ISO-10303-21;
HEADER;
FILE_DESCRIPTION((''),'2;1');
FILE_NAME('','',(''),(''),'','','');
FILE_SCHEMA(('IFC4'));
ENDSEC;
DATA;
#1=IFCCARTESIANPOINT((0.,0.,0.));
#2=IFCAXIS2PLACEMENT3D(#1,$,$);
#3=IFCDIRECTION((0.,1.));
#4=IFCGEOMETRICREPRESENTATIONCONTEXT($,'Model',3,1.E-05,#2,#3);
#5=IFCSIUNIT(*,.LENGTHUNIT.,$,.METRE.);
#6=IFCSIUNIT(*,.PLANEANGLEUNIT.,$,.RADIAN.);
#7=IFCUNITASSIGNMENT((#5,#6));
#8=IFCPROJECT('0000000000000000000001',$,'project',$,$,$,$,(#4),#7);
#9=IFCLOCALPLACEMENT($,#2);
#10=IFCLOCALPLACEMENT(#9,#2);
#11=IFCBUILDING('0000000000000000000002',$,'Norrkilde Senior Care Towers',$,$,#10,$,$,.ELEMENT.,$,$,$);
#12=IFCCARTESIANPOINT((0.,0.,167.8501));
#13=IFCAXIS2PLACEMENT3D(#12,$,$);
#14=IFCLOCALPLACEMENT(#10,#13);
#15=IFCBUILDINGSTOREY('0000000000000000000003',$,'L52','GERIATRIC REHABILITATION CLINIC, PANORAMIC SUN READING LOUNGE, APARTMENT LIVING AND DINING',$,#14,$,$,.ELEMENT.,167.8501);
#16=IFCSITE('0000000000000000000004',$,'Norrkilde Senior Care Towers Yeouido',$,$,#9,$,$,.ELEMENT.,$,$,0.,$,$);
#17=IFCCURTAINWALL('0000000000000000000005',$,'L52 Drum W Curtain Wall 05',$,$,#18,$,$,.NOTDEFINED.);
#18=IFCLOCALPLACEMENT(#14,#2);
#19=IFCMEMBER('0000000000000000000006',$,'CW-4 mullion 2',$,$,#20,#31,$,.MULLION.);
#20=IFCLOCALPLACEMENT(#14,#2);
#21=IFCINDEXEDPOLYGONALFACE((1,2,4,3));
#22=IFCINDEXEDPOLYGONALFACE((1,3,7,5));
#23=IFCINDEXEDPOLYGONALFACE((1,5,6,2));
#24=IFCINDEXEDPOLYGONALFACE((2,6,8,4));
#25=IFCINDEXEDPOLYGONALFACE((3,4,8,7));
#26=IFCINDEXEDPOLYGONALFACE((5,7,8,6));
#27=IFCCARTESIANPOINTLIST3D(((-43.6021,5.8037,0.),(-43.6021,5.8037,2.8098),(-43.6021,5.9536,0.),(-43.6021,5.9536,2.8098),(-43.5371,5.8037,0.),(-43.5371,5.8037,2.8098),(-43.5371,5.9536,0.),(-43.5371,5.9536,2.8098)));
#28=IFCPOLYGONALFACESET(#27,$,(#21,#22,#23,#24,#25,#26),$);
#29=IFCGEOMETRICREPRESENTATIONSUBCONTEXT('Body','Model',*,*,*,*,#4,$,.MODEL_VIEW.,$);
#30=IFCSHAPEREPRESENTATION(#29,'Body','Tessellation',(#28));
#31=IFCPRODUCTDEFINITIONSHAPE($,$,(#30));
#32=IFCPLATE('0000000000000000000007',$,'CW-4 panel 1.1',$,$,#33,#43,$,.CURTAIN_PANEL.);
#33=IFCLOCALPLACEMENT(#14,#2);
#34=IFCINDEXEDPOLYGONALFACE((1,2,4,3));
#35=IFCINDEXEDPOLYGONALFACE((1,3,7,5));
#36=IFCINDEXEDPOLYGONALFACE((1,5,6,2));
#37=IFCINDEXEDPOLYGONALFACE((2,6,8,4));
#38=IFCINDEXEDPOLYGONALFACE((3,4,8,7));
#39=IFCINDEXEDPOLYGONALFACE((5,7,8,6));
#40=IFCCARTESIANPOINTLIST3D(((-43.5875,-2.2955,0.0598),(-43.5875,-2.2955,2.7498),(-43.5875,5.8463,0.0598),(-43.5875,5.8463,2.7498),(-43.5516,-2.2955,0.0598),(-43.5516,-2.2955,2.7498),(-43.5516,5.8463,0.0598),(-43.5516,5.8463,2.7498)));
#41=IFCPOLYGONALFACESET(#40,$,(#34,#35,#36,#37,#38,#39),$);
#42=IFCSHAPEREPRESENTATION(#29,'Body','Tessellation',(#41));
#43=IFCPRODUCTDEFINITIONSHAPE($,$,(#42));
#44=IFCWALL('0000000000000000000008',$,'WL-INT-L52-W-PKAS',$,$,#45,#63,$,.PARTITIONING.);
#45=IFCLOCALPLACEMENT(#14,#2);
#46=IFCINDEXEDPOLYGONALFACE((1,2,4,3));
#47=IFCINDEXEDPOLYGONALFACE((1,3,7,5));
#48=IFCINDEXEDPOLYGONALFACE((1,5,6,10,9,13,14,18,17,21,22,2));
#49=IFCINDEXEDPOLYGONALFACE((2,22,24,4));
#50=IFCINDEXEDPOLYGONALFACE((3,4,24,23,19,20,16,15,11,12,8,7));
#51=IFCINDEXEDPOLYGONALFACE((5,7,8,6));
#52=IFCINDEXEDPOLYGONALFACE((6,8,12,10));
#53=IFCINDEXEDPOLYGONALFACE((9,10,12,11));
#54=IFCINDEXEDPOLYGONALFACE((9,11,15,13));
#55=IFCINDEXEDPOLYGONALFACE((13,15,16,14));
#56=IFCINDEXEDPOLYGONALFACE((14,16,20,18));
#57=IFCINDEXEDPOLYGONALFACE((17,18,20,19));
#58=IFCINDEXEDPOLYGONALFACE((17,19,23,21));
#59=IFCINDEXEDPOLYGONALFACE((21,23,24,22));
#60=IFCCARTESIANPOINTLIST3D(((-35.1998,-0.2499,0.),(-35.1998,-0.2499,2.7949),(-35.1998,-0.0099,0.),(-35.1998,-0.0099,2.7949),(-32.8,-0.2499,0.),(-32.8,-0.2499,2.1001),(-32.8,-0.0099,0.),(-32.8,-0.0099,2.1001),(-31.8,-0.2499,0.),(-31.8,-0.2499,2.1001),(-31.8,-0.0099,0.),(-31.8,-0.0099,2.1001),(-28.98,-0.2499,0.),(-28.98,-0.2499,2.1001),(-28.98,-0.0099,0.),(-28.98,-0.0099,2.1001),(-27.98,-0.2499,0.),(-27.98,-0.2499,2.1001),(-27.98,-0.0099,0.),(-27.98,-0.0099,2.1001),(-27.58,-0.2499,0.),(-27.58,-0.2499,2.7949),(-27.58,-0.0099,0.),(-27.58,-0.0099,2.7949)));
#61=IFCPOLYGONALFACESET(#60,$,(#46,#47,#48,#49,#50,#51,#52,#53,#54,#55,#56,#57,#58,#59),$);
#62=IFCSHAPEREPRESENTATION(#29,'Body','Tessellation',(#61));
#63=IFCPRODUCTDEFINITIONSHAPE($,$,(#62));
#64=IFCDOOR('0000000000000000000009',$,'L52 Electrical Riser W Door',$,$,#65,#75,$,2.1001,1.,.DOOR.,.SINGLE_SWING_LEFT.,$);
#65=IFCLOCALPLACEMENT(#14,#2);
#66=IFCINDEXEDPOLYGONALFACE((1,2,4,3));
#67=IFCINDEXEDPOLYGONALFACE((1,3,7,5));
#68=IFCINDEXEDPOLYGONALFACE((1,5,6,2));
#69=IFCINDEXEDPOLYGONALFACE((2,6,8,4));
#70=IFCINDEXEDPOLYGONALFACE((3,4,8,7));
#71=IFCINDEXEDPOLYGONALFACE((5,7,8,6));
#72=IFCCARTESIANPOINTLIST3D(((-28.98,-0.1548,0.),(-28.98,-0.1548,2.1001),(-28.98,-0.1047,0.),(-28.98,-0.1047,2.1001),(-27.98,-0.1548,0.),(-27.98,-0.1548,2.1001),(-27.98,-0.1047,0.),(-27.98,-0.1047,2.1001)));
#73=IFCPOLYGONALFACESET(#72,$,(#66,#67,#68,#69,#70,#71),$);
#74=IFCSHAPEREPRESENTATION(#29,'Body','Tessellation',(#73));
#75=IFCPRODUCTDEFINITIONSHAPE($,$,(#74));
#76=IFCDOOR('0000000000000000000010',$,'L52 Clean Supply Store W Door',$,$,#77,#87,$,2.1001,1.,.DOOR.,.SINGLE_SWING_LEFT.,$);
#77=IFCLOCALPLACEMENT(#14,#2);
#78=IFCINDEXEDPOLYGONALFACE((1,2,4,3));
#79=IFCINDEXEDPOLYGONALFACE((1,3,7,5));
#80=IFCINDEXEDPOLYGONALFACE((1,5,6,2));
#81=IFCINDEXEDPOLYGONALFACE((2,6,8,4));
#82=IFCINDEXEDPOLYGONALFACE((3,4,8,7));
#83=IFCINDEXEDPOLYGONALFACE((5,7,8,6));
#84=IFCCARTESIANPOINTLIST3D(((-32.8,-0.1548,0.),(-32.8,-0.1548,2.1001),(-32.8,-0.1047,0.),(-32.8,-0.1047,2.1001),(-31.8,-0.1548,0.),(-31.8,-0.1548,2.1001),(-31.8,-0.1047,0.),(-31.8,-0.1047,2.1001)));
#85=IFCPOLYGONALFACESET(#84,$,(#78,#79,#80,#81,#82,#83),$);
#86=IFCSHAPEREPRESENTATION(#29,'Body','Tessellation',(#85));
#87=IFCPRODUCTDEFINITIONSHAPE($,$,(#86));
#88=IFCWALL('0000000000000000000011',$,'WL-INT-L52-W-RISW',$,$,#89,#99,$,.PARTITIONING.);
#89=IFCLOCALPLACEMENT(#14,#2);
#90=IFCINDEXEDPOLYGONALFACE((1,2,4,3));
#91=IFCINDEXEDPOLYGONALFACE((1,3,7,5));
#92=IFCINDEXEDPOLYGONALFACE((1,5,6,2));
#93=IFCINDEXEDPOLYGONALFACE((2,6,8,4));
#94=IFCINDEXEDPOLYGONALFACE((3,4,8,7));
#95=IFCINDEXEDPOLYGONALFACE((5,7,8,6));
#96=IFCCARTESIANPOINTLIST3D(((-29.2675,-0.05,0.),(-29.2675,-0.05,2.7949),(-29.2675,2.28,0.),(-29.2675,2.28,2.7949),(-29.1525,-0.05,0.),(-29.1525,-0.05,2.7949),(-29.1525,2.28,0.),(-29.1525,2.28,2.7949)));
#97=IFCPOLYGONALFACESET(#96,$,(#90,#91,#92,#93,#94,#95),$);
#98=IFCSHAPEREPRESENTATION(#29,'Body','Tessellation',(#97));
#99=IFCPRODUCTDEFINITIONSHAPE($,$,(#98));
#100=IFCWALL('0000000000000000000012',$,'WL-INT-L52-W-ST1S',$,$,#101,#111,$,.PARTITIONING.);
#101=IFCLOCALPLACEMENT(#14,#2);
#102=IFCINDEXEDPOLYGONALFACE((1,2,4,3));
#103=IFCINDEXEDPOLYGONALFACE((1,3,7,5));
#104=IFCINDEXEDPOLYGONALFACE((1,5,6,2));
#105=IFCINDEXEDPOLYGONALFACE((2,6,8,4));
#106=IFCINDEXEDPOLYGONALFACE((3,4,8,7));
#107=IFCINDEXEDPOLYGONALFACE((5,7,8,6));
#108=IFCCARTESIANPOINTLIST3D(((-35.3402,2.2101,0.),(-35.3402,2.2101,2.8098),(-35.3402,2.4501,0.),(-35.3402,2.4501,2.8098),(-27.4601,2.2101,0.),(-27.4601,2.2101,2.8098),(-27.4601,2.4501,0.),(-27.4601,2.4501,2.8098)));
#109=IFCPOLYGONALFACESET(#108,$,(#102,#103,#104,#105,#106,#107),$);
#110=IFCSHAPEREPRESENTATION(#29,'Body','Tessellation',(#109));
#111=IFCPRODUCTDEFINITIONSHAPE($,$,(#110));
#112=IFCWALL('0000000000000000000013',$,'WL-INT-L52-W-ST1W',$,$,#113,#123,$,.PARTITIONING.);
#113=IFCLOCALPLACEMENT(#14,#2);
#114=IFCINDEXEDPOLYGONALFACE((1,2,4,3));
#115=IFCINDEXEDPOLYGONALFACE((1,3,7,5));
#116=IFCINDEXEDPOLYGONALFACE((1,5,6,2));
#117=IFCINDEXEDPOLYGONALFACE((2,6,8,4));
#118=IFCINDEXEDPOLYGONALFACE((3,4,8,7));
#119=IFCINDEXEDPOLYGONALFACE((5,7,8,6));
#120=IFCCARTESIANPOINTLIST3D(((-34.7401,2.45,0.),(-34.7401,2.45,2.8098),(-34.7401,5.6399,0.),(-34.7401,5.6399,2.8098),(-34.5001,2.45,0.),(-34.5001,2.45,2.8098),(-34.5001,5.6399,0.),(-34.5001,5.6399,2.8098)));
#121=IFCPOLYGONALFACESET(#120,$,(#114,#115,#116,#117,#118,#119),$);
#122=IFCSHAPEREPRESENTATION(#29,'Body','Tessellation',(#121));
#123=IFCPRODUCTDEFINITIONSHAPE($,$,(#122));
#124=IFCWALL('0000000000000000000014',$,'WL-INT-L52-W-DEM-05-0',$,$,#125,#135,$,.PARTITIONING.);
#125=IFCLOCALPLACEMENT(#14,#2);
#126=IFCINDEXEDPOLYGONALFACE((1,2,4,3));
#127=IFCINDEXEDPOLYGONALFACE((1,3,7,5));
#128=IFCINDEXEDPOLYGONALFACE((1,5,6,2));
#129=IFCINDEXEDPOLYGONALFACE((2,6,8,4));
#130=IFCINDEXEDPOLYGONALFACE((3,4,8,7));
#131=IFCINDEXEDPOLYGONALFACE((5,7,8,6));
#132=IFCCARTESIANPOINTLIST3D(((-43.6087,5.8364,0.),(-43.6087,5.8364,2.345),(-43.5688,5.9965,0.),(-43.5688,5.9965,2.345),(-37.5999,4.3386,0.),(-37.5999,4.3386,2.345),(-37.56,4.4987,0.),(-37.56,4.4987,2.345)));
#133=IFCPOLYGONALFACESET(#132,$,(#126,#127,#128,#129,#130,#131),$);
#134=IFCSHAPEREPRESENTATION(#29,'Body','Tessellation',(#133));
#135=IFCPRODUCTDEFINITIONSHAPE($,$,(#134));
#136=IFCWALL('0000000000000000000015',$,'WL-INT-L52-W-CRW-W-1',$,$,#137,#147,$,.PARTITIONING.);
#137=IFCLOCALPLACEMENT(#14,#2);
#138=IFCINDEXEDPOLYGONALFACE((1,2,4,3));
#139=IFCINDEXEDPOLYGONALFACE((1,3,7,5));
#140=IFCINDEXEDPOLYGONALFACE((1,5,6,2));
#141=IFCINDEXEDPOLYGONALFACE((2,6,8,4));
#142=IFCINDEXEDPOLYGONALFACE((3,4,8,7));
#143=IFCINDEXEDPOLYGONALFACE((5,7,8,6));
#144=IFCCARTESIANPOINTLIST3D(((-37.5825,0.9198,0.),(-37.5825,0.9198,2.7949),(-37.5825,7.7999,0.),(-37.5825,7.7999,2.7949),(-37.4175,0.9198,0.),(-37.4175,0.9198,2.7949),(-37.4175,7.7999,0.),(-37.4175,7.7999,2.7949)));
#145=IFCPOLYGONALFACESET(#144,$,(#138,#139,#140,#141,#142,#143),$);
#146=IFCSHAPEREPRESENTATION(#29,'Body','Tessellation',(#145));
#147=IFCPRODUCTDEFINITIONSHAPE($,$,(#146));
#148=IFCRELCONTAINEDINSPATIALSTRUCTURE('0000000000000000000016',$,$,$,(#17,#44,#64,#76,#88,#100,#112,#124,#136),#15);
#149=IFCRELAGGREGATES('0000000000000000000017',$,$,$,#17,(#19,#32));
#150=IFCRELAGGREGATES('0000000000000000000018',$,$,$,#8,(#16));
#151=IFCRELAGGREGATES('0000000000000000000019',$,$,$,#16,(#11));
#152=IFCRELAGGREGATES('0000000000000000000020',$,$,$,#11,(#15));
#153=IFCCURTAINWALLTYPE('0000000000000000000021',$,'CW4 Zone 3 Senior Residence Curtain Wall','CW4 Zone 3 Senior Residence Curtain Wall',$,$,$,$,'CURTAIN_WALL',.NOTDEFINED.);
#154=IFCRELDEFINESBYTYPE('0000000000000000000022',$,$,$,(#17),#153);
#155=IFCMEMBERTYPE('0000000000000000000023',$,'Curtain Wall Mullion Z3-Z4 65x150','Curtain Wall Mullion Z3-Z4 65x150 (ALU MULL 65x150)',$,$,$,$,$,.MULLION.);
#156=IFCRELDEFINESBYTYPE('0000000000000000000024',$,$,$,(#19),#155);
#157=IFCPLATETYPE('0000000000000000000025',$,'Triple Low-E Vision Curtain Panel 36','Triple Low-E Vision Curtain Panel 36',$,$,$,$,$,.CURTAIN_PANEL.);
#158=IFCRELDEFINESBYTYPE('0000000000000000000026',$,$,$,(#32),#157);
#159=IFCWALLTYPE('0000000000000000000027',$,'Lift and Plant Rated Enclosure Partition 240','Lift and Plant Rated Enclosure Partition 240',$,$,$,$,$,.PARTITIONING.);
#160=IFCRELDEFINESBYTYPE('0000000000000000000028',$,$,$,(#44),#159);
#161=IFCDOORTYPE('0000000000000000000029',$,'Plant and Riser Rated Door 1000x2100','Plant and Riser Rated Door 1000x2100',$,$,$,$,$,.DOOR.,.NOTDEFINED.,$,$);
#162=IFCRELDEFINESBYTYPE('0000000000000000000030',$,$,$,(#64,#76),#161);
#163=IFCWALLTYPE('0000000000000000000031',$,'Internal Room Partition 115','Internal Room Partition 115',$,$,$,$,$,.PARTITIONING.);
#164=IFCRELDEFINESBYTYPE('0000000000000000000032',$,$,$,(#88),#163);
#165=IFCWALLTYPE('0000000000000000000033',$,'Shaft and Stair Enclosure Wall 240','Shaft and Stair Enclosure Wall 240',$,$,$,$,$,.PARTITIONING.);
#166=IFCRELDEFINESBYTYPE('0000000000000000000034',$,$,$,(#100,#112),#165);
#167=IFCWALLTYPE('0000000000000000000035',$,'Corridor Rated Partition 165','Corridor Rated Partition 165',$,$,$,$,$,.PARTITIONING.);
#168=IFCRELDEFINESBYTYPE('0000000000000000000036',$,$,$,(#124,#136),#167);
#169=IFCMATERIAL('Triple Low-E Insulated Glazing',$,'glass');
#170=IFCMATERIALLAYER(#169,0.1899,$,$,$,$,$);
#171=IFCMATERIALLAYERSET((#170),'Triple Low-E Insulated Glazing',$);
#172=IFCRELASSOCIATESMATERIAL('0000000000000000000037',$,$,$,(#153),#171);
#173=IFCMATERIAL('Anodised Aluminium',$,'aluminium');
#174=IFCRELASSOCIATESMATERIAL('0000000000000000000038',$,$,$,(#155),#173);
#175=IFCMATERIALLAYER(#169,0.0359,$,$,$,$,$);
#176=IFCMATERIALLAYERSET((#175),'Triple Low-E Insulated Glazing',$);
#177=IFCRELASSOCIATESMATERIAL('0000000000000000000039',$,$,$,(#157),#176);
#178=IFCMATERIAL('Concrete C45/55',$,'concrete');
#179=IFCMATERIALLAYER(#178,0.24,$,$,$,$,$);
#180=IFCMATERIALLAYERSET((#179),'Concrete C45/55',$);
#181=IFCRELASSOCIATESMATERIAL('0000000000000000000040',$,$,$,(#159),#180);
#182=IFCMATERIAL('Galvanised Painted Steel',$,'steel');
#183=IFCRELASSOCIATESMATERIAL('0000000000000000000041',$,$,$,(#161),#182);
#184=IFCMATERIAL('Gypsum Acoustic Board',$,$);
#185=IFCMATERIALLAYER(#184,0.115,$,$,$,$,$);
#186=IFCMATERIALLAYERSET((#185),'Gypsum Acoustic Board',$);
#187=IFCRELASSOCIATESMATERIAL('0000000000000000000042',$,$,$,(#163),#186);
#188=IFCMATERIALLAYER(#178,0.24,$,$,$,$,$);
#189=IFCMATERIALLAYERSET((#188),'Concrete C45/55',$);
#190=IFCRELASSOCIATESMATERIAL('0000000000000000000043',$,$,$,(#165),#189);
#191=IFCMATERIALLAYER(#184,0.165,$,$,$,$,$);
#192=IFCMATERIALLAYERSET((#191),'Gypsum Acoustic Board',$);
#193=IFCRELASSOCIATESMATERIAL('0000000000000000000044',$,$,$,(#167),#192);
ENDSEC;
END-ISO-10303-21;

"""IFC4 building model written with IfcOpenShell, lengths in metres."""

from ifc_helpers import new_model, si_unit, direction, frame, frame_2d, origin, origin_2d, place, context, subcontext, project, spatial, rectangle, extrude, source, transform, mapped, material, layer, layer_set, material_profile, profile_set, type_object, type_shapes, element, fill, aggregate, save


model = new_model("IFC4")

# Units and contexts
model_context = context("Model", 3, precision=1e-05, world=origin(), true_north=direction((0.0, 1.0)))
body_context = subcontext(model_context, "Body", "Model", "MODEL_VIEW")
ifc_project = project(units=[si_unit("LENGTHUNIT", "METRE"), si_unit("PLANEANGLEUNIT", "RADIAN")], contexts=[model_context])

# Site, building, storey
site_placement = place(None, origin())
site = spatial("IfcSite", under=ifc_project, at=site_placement, Name="Norrkilde Senior Care Towers Yeouido", CompositionType="ELEMENT", RefElevation=0.0)
building_placement = place(site_placement, origin())
building = spatial("IfcBuilding", under=site, at=building_placement, Name="Norrkilde Senior Care Towers", CompositionType="ELEMENT")
storey_placement = place(building_placement, frame((0.0, 0.0, 167.8501)))
storey = spatial("IfcBuildingStorey", under=building, at=storey_placement, Name="L52", Description="GERIATRIC REHABILITATION CLINIC, PANORAMIC SUN READING LOUNGE, APARTMENT LIVING AND DINING", CompositionType="ELEMENT", Elevation=167.8501)

# Shared definitions
ifc_material_1 = material(Name="Triple Low-E Insulated Glazing", Category="glass")
ifc_layer_1 = layer(ifc_material_1, 0.1899)
ifc_layer_set_1 = layer_set([ifc_layer_1], Name="Triple Low-E Insulated Glazing")
curtain_wall_type = type_object("IfcCurtainWallType", Name="CW4 Zone 3 Senior Residence Curtain Wall", Description="CW4 Zone 3 Senior Residence Curtain Wall", ElementType="CURTAIN_WALL", PredefinedType="NOTDEFINED", material=ifc_layer_set_1)
ifc_material_2 = material(Name="Anodised Aluminium", Category="aluminium")
ifc_material_profile_1 = material_profile(ifc_material_2, rectangle(XDim=0.0649, YDim=0.1499, at=origin_2d()), Name="ALU MULL 65x150")
ifc_profile_set_1 = profile_set([ifc_material_profile_1], Name="Anodised Aluminium")
member_type = type_object("IfcMemberType", Name="Curtain Wall Mullion Z3-Z4 65x150", Description="Curtain Wall Mullion Z3-Z4 65x150 (ALU MULL 65x150)", PredefinedType="MULLION", material=ifc_profile_set_1)
shared_shape_1 = source(origin(), body_context, "Body", "SweptSolid", [
    extrude(rectangle(XDim=0.0649, YDim=0.1499, at=origin_2d()), origin(), (0.0, 0.0, 1.0), 2.8098),
])
type_shapes(member_type, [shared_shape_1])

# Curtain wall, member, plate
curtain_wall_1_placement = place(storey_placement, origin())
curtain_wall_1 = element("IfcCurtainWall", 1, at=curtain_wall_1_placement, inside=storey, type_object=curtain_wall_type, Name="L52 Drum W Curtain Wall 05", PredefinedType="NOTDEFINED")
member_1_placement = place(storey_placement, frame((-43.5696, 5.8787, 0.0), z_axis=(0.0, 0.0, 1.0), x_axis=(-1.0, 0.0, 0.0)))
member_1 = element("IfcMember", 2, at=member_1_placement, type_object=member_type, Name="CW-4 mullion 2", PredefinedType="MULLION", context=body_context, shape_type="MappedRepresentation", body=[
    mapped(shared_shape_1, transform((0.0, 0.0, 0.0), x_axis=(1.0, 0.0, 0.0), y_axis=(0.0, 1.0, 0.0), z_axis=(0.0, 0.0, 1.0), scale=1.0)),
])
ifc_layer_2 = layer(ifc_material_1, 0.0359)
ifc_layer_set_2 = layer_set([ifc_layer_2], Name="Triple Low-E Insulated Glazing")
plate_type = type_object("IfcPlateType", Name="Triple Low-E Vision Curtain Panel 36", Description="Triple Low-E Vision Curtain Panel 36", PredefinedType="CURTAIN_PANEL", material=ifc_layer_set_2)
shared_shape_2 = source(origin(), body_context, "Body", "SweptSolid", [
    extrude(rectangle(XDim=8.1418, YDim=0.0359, at=origin_2d()), origin(), (0.0, 0.0, 1.0), 2.6899),
])
type_shapes(plate_type, [shared_shape_2])
plate_placement = place(storey_placement, frame((-43.5696, 1.7754, 0.0598), z_axis=(0.0, 0.0, 1.0), x_axis=(0.0, 1.0, 0.0)))
plate = element("IfcPlate", 3, at=plate_placement, type_object=plate_type, Name="CW-4 panel 1.1", PredefinedType="CURTAIN_PANEL", context=body_context, shape_type="MappedRepresentation", body=[
    mapped(shared_shape_2, transform((0.0, 0.0, 0.0), x_axis=(1.0, 0.0, 0.0), y_axis=(0.0, 1.0, 0.0), z_axis=(0.0, 0.0, 1.0), scale=1.0)),
])
aggregate(curtain_wall_1, [member_1, plate])

# Wall, openings, doors
ifc_material_3 = material(Name="Concrete C45/55", Category="concrete")
ifc_layer_3 = layer(ifc_material_3, 0.24)
ifc_layer_set_3 = layer_set([ifc_layer_3], Name="Concrete C45/55")
wall_type_1 = type_object("IfcWallType", Name="Lift and Plant Rated Enclosure Partition 240", Description="Lift and Plant Rated Enclosure Partition 240", PredefinedType="PARTITIONING", material=ifc_layer_set_3)
shared_shape_3 = source(origin(), body_context, "Body", "SweptSolid", [
    extrude(rectangle(XDim=7.6199, YDim=0.24, at=frame_2d((3.8101, 0.0))), origin(), (0.0, 0.0, 1.0), 2.7949),
])
type_shapes(wall_type_1, [shared_shape_3])
wall_1_placement = place(storey_placement, frame((-35.2, -0.1299, 0.0), z_axis=(0.0, 0.0, 1.0), x_axis=(1.0, 0.0, 0.0)))
wall_1 = element("IfcWall", 4, at=wall_1_placement, inside=storey, type_object=wall_type_1, Name="WL-INT-L52-W-PKAS", PredefinedType="PARTITIONING", context=body_context, shape_type="MappedRepresentation", body=[
    mapped(shared_shape_3, transform((0.0, 0.0, 0.0), x_axis=(1.0, 0.0, 0.0), y_axis=(0.0, 1.0, 0.0), z_axis=(0.0, 0.0, 1.0), scale=1.0)),
])
opening_1_placement = place(wall_1_placement, frame((6.22, 0.0, 0.0)))
opening_1 = element("IfcOpeningElement", 5, at=opening_1_placement, cuts=wall_1, PredefinedType="OPENING", context=body_context, shape_type="SweptSolid", body=[
    extrude(rectangle(XDim=1.0, YDim=2.1001, at=frame_2d((0.5, 1.05))), frame((0.0, 0.1299, 0.0), z_axis=(0.0, -1.0, 0.0), x_axis=(1.0, 0.0, 0.0)), (0.0, 0.0, 1.0), 0.26),
])
opening_2_placement = place(wall_1_placement, frame((2.3999, 0.0, 0.0)))
opening_2 = element("IfcOpeningElement", 6, at=opening_2_placement, cuts=wall_1, PredefinedType="OPENING", context=body_context, shape_type="SweptSolid", body=[
    extrude(rectangle(XDim=1.0, YDim=2.1001, at=frame_2d((0.5, 1.05))), frame((0.0, 0.1299, 0.0), z_axis=(0.0, -1.0, 0.0), x_axis=(1.0, 0.0, 0.0)), (0.0, 0.0, 1.0), 0.26),
])
ifc_material_4 = material(Name="Galvanised Painted Steel", Category="steel")
door_type_1 = type_object("IfcDoorType", Name="Plant and Riser Rated Door 1000x2100", Description="Plant and Riser Rated Door 1000x2100", OperationType="NOTDEFINED", PredefinedType="DOOR", material=ifc_material_4)
shared_shape_4 = source(origin(), body_context, "Body", "SweptSolid", [
    extrude(rectangle(XDim=1.0, YDim=2.1001, at=frame_2d((0.5, 1.05))), frame((0.0, 0.0249, 0.0), z_axis=(0.0, -1.0, 0.0), x_axis=(1.0, 0.0, 0.0)), (0.0, 0.0, 1.0), 0.05),
])
type_shapes(door_type_1, [shared_shape_4])
door_1_placement = place(opening_1_placement, frame((1.0, 0.0, 0.0), z_axis=(0.0, 0.0, 1.0), x_axis=(-1.0, 0.0, 0.0)))
door_1 = element("IfcDoor", 7, at=door_1_placement, inside=storey, type_object=door_type_1, Name="L52 Electrical Riser W Door", OperationType="SINGLE_SWING_LEFT", OverallHeight=2.1001, OverallWidth=1.0, PredefinedType="DOOR", context=body_context, shape_type="MappedRepresentation", body=[
    mapped(shared_shape_4, transform((0.0, 0.0, 0.0), x_axis=(1.0, 0.0, 0.0), y_axis=(0.0, 1.0, 0.0), z_axis=(0.0, 0.0, 1.0), scale=1.0)),
])
fill(opening_1, door_1)
door_2_placement = place(opening_2_placement, frame((1.0, 0.0, 0.0), z_axis=(0.0, 0.0, 1.0), x_axis=(-1.0, 0.0, 0.0)))
door_2 = element("IfcDoor", 8, at=door_2_placement, inside=storey, type_object=door_type_1, Name="L52 Clean Supply Store W Door", OperationType="SINGLE_SWING_LEFT", OverallHeight=2.1001, OverallWidth=1.0, PredefinedType="DOOR", context=body_context, shape_type="MappedRepresentation", body=[
    mapped(shared_shape_4, transform((0.0, 0.0, 0.0), x_axis=(1.0, 0.0, 0.0), y_axis=(0.0, 1.0, 0.0), z_axis=(0.0, 0.0, 1.0), scale=1.0)),
])
fill(opening_2, door_2)

# Walls
ifc_material_5 = material(Name="Gypsum Acoustic Board")
ifc_layer_4 = layer(ifc_material_5, 0.115)
ifc_layer_set_4 = layer_set([ifc_layer_4], Name="Gypsum Acoustic Board")
wall_type_2 = type_object("IfcWallType", Name="Internal Room Partition 115", Description="Internal Room Partition 115", PredefinedType="PARTITIONING", material=ifc_layer_set_4)
shared_shape_5 = source(origin(), body_context, "Body", "SweptSolid", [
    extrude(rectangle(XDim=2.3301, YDim=0.115, at=frame_2d((1.165, 0.0))), origin(), (0.0, 0.0, 1.0), 2.7949),
])
type_shapes(wall_type_2, [shared_shape_5])
wall_2_placement = place(storey_placement, frame((-29.21, -0.05, 0.0), z_axis=(0.0, 0.0, 1.0), x_axis=(0.0, 1.0, 0.0)))
element("IfcWall", 9, at=wall_2_placement, inside=storey, type_object=wall_type_2, Name="WL-INT-L52-W-RISW", PredefinedType="PARTITIONING", context=body_context, shape_type="MappedRepresentation", body=[
    mapped(shared_shape_5, transform((0.0, 0.0, 0.0), x_axis=(1.0, 0.0, 0.0), y_axis=(0.0, 1.0, 0.0), z_axis=(0.0, 0.0, 1.0), scale=1.0)),
])
ifc_layer_5 = layer(ifc_material_3, 0.24)
ifc_layer_set_5 = layer_set([ifc_layer_5], Name="Concrete C45/55")
wall_type_3 = type_object("IfcWallType", Name="Shaft and Stair Enclosure Wall 240", Description="Shaft and Stair Enclosure Wall 240", PredefinedType="PARTITIONING", material=ifc_layer_set_5)
shared_shape_6 = source(origin(), body_context, "Body", "SweptSolid", [
    extrude(rectangle(XDim=7.8801, YDim=0.24, at=frame_2d((3.9399, 0.0))), origin(), (0.0, 0.0, 1.0), 2.8098),
])
wall_3_placement = place(storey_placement, frame((-35.3401, 2.3301, 0.0), z_axis=(0.0, 0.0, 1.0), x_axis=(1.0, 0.0, 0.0)))
element("IfcWall", 10, at=wall_3_placement, inside=storey, type_object=wall_type_3, Name="WL-INT-L52-W-ST1S", PredefinedType="PARTITIONING", context=body_context, shape_type="MappedRepresentation", body=[
    mapped(shared_shape_6, transform((0.0, 0.0, 0.0), x_axis=(1.0, 0.0, 0.0), y_axis=(0.0, 1.0, 0.0), z_axis=(0.0, 0.0, 1.0), scale=1.0)),
])
shared_shape_7 = source(origin(), body_context, "Body", "SweptSolid", [
    extrude(rectangle(XDim=3.1899, YDim=0.24, at=frame_2d((1.595, 0.0))), origin(), (0.0, 0.0, 1.0), 2.8098),
])
type_shapes(wall_type_3, [shared_shape_6, shared_shape_7])
wall_4_placement = place(storey_placement, frame((-34.6201, 2.45, 0.0), z_axis=(0.0, 0.0, 1.0), x_axis=(0.0, 1.0, 0.0)))
element("IfcWall", 11, at=wall_4_placement, inside=storey, type_object=wall_type_3, Name="WL-INT-L52-W-ST1W", PredefinedType="PARTITIONING", context=body_context, shape_type="MappedRepresentation", body=[
    mapped(shared_shape_7, transform((0.0, 0.0, 0.0), x_axis=(1.0, 0.0, 0.0), y_axis=(0.0, 1.0, 0.0), z_axis=(0.0, 0.0, 1.0), scale=1.0)),
])
ifc_layer_6 = layer(ifc_material_5, 0.165)
ifc_layer_set_6 = layer_set([ifc_layer_6], Name="Gypsum Acoustic Board")
wall_type_4 = type_object("IfcWallType", Name="Corridor Rated Partition 165", Description="Corridor Rated Partition 165", PredefinedType="PARTITIONING", material=ifc_layer_set_6)
shared_shape_8 = source(origin(), body_context, "Body", "SweptSolid", [
    extrude(rectangle(XDim=6.1926, YDim=0.165, at=frame_2d((3.0962, 0.0))), origin(), (0.0, 0.0, 1.0), 2.345),
])
wall_5_placement = place(storey_placement, frame((-37.5801, 4.4187, 0.0), z_axis=(0.0, 0.0, 1.0), x_axis=(-0.970309, 0.241868, 0.0)))
element("IfcWall", 12, at=wall_5_placement, inside=storey, type_object=wall_type_4, Name="WL-INT-L52-W-DEM-05-0", PredefinedType="PARTITIONING", context=body_context, shape_type="MappedRepresentation", body=[
    mapped(shared_shape_8, transform((0.0, 0.0, 0.0), x_axis=(1.0, 0.0, 0.0), y_axis=(0.0, 1.0, 0.0), z_axis=(0.0, 0.0, 1.0), scale=1.0)),
])
shared_shape_9 = source(origin(), body_context, "Body", "SweptSolid", [
    extrude(rectangle(XDim=6.8801, YDim=0.165, at=frame_2d((3.4399, 0.0))), origin(), (0.0, 0.0, 1.0), 2.7949),
])
wall_6_placement = place(storey_placement, frame((-37.5, 0.9199, 0.0), z_axis=(0.0, 0.0, 1.0), x_axis=(0.0, 1.0, 0.0)))
element("IfcWall", 13, at=wall_6_placement, inside=storey, type_object=wall_type_4, Name="WL-INT-L52-W-CRW-W-1", PredefinedType="PARTITIONING", context=body_context, shape_type="MappedRepresentation", body=[
    mapped(shared_shape_9, transform((0.0, 0.0, 0.0), x_axis=(1.0, 0.0, 0.0), y_axis=(0.0, 1.0, 0.0), z_axis=(0.0, 0.0, 1.0), scale=1.0)),
])

save(model, "model.ifc")
